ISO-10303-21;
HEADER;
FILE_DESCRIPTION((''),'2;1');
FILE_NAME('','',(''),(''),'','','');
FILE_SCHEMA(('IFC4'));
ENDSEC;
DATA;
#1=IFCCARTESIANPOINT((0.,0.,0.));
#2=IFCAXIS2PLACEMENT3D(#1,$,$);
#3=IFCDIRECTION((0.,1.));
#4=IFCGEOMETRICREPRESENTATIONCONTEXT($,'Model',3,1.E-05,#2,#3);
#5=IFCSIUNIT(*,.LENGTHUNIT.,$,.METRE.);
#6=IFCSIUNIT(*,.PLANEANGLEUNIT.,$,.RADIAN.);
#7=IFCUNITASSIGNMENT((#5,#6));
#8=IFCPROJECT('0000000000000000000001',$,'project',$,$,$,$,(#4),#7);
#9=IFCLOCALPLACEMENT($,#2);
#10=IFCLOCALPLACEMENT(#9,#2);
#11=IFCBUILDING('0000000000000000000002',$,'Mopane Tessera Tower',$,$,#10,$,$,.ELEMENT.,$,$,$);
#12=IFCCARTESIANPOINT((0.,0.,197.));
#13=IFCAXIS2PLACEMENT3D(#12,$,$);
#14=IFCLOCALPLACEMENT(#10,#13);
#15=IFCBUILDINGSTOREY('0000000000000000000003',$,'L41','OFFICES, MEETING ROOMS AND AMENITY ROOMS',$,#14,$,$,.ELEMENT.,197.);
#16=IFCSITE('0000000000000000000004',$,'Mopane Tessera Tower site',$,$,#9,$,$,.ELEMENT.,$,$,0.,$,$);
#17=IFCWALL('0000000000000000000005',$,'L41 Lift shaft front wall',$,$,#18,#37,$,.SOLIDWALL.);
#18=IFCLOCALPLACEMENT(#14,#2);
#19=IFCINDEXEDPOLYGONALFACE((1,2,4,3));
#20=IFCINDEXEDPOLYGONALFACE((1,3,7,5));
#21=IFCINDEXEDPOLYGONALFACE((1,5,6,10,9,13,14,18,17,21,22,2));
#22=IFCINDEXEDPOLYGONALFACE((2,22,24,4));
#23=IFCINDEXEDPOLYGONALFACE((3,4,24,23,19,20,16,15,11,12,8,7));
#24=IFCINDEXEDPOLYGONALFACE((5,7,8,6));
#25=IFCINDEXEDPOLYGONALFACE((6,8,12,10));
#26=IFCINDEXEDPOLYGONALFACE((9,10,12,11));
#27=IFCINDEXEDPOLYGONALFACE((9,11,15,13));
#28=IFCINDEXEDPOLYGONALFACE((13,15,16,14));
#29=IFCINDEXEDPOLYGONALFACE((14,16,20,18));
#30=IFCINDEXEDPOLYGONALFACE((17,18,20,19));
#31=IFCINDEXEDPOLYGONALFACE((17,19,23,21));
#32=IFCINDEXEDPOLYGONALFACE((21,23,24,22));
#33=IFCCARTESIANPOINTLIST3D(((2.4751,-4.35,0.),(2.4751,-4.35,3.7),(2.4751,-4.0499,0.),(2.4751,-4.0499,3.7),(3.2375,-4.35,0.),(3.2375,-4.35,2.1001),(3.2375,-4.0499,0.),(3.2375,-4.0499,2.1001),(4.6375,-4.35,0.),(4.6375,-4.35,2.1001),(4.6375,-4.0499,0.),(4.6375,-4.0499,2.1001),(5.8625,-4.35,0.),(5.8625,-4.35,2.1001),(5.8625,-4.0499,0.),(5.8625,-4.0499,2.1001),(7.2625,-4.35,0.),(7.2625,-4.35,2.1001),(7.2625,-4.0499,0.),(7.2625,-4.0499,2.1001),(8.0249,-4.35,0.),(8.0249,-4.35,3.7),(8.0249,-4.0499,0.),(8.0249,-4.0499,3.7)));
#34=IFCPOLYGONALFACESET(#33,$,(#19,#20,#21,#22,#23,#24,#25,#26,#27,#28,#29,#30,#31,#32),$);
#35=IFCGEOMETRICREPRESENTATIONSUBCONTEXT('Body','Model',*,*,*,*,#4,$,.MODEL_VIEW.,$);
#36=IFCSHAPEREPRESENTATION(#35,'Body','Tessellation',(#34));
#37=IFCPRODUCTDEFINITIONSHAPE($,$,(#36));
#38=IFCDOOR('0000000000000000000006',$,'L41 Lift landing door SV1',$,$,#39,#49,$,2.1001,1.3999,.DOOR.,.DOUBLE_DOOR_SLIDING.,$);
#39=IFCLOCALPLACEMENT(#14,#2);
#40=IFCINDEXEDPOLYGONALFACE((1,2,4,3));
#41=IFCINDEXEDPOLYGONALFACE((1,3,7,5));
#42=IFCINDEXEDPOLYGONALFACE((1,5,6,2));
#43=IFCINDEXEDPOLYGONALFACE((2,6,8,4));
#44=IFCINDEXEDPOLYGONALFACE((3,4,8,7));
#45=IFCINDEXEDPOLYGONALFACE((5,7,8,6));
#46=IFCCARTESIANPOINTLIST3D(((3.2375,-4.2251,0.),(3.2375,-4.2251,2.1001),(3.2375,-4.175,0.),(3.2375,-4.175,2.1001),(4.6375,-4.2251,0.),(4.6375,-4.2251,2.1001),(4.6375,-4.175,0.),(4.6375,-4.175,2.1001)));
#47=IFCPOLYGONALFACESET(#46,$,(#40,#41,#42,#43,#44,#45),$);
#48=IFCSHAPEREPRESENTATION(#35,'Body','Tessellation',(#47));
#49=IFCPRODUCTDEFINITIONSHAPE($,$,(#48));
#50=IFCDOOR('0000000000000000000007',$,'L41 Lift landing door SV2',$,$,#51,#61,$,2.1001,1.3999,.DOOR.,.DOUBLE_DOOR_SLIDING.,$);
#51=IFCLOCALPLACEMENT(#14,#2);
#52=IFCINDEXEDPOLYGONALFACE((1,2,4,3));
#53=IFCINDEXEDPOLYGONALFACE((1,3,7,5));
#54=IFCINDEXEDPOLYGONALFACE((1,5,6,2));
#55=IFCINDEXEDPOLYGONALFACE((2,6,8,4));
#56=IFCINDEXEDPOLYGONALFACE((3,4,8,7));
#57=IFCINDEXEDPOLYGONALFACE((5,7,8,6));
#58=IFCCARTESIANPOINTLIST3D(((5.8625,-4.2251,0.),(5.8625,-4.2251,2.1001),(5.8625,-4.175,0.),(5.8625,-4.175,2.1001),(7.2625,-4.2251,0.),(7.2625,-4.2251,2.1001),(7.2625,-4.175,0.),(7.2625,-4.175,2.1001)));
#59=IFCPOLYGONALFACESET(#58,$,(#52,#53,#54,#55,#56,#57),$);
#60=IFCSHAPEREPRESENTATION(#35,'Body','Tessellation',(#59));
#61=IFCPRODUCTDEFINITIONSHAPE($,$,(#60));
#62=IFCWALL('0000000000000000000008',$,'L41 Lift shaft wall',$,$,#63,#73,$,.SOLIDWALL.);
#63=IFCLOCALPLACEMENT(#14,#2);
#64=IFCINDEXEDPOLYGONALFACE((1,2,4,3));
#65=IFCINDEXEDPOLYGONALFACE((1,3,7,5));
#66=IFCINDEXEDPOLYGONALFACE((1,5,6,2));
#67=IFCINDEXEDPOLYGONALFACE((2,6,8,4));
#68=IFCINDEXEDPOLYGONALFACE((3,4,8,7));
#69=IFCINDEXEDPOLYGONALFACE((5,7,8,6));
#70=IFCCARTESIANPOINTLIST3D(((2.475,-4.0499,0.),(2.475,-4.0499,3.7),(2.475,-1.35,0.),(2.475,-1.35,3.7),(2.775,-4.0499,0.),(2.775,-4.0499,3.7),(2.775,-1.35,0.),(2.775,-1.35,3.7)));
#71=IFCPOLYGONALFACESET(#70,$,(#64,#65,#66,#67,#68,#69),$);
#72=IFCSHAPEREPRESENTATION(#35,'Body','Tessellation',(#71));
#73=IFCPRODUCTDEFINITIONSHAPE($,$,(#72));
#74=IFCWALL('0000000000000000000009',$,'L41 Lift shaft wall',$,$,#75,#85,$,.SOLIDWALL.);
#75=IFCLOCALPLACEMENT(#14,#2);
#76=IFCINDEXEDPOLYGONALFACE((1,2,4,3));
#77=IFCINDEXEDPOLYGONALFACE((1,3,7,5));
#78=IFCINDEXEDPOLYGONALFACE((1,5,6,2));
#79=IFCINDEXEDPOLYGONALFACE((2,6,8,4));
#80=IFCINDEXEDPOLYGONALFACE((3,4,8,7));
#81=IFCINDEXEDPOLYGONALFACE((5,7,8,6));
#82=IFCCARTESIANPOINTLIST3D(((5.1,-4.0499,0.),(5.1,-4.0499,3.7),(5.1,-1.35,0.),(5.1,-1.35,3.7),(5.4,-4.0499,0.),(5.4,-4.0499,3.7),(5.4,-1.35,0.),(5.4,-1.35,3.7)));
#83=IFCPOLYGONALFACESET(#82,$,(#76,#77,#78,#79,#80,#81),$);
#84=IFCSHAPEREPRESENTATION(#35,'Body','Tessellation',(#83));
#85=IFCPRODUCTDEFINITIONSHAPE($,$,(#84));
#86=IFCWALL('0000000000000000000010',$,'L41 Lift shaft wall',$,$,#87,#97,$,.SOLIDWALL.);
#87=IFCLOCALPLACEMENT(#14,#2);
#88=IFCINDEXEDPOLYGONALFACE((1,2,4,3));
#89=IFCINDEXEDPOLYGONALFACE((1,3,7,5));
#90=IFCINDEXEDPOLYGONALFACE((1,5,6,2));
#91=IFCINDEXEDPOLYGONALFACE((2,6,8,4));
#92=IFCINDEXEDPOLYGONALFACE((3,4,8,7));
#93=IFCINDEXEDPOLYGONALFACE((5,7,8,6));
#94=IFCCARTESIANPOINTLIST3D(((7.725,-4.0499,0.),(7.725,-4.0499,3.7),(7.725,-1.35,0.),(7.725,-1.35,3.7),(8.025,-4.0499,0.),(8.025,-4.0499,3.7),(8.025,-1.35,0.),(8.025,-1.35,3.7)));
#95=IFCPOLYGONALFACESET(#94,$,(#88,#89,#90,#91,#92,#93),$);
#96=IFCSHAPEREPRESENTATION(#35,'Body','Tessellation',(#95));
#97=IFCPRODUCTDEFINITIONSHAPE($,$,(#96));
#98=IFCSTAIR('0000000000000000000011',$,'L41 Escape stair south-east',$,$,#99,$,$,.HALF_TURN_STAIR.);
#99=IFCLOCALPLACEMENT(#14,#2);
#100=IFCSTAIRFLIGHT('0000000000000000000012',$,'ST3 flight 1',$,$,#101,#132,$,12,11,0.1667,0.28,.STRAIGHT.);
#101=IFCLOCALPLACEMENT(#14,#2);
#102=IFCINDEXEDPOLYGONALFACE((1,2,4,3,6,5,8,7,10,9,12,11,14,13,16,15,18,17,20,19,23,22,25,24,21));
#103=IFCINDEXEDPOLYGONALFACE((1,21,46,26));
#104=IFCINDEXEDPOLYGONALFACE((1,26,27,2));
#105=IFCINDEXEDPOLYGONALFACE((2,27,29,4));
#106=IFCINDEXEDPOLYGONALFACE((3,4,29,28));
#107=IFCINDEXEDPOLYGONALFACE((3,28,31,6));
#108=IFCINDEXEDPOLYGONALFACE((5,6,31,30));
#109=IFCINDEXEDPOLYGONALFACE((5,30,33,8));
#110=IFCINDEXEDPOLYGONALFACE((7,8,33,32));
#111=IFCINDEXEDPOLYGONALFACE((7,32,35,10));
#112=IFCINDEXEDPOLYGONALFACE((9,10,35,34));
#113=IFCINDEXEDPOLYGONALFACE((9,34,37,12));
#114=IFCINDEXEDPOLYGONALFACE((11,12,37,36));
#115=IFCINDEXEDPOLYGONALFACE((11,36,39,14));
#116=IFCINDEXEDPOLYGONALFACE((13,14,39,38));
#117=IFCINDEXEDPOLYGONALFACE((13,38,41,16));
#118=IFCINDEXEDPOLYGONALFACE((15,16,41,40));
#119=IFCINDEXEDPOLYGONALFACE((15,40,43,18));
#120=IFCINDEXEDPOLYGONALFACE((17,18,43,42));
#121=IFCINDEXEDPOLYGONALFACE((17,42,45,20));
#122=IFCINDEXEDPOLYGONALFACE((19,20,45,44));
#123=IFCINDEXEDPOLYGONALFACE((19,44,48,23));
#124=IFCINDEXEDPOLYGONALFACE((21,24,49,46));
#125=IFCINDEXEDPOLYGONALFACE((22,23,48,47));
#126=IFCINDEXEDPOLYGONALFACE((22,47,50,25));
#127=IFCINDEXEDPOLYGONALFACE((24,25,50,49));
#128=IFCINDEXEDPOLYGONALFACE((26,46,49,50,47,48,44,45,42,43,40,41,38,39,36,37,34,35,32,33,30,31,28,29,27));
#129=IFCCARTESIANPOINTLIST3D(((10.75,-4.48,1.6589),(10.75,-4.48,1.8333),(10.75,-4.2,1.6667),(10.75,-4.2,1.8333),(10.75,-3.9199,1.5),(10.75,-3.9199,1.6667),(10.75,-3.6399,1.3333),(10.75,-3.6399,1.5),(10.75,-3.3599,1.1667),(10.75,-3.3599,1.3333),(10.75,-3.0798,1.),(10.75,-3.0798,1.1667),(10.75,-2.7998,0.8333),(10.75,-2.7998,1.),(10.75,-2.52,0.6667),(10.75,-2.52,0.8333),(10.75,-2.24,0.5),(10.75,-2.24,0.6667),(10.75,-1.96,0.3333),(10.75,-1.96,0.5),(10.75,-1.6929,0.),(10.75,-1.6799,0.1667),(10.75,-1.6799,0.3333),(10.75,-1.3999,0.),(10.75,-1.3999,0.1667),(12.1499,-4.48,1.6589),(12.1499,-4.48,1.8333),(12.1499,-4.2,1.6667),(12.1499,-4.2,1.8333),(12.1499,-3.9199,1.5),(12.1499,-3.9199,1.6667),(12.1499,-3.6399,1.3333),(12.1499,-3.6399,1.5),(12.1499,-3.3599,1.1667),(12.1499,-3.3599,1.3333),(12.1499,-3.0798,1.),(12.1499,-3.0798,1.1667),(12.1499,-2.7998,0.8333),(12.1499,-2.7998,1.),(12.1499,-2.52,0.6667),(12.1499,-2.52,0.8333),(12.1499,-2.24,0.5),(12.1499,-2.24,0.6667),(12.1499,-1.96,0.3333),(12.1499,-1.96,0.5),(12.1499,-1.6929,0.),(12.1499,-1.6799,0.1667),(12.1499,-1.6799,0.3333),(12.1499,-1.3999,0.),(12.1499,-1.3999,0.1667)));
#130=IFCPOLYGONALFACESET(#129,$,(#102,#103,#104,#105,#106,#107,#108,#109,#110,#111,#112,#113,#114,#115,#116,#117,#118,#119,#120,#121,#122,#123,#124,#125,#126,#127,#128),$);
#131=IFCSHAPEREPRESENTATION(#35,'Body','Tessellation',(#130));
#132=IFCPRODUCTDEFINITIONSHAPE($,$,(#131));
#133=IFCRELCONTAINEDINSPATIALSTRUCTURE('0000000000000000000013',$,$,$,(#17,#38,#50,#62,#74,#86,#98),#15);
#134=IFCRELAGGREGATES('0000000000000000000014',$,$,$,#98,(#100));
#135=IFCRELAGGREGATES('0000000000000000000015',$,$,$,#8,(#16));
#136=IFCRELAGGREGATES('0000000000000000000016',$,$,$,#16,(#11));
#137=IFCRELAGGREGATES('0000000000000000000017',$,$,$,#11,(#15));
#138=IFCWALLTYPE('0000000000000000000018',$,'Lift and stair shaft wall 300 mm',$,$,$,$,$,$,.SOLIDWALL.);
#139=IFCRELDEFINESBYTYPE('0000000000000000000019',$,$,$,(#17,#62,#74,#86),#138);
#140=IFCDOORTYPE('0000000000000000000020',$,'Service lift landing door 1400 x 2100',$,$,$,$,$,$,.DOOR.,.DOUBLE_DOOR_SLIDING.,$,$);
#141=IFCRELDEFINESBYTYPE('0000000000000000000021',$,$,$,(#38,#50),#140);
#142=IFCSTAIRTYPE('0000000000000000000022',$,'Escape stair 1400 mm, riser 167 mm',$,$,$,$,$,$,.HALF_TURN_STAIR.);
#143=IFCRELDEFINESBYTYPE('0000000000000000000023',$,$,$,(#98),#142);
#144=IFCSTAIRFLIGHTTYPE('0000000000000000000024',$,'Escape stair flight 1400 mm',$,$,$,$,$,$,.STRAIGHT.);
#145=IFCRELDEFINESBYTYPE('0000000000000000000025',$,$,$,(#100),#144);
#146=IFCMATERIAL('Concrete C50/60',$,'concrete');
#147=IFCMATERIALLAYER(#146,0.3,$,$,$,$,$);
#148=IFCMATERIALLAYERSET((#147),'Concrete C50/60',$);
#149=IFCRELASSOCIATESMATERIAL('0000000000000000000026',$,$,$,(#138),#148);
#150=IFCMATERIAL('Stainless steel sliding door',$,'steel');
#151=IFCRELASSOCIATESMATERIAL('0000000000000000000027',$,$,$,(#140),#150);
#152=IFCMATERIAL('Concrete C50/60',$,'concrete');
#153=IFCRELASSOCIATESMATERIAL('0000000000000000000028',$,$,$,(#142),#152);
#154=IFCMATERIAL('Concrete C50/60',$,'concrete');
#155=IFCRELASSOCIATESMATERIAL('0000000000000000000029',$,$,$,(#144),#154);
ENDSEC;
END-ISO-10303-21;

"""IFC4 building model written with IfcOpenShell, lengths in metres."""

from ifc_helpers import new_model, si_unit, direction, frame, frame_2d, origin, place, context, subcontext, project, spatial, polyline, rectangle, outline, extrude, material, layer, layer_set, type_object, element, fill, aggregate, save


model = new_model("IFC4")

# Units and contexts
model_context = context("Model", 3, precision=1e-05, world=origin(), true_north=direction((0.0, 1.0)))
body_context = subcontext(model_context, "Body", "Model", "MODEL_VIEW")
ifc_project = project(units=[si_unit("LENGTHUNIT", "METRE"), si_unit("PLANEANGLEUNIT", "RADIAN")], contexts=[model_context])

# Site, building, storey
site_placement = place(None, origin())
site = spatial("IfcSite", under=ifc_project, at=site_placement, Name="Mopane Tessera Tower site", CompositionType="ELEMENT", RefElevation=0.0)
building_placement = place(site_placement, origin())
building = spatial("IfcBuilding", under=site, at=building_placement, Name="Mopane Tessera Tower", CompositionType="ELEMENT")
storey_placement = place(building_placement, frame((0.0, 0.0, 197.0)))
storey = spatial("IfcBuildingStorey", under=building, at=storey_placement, Name="L41", Description="OFFICES, MEETING ROOMS AND AMENITY ROOMS", CompositionType="ELEMENT", Elevation=197.0)

# Shared definitions
ifc_material_1 = material(Name="Concrete C50/60", Category="concrete")
ifc_layer_1 = layer(ifc_material_1, 0.3)
ifc_layer_set_1 = layer_set([ifc_layer_1], Name="Concrete C50/60")
wall_type_1 = type_object("IfcWallType", Name="Lift and stair shaft wall 300 mm", PredefinedType="SOLIDWALL", material=ifc_layer_set_1)

# Wall, openings, doors
wall_1_placement = place(storey_placement, frame((2.4751, -4.2, 0.0), z_axis=(0.0, 0.0, 1.0), x_axis=(1.0, 0.0, 0.0)))
wall_1 = element("IfcWall", 1, at=wall_1_placement, inside=storey, type_object=wall_type_1, Name="L41 Lift shaft front wall", PredefinedType="SOLIDWALL", context=body_context, shape_type="SweptSolid", body=[
    extrude(rectangle(XDim=5.5498, YDim=0.3, at=frame_2d((2.7749, 0.0))), origin(), (0.0, 0.0, 1.0), 3.7),
])
opening_1_placement = place(wall_1_placement, frame((0.7625, 0.0, 0.0)))
opening_1 = element("IfcOpeningElement", 2, at=opening_1_placement, cuts=wall_1, PredefinedType="OPENING", context=body_context, shape_type="SweptSolid", body=[
    extrude(rectangle(XDim=1.3999, YDim=2.1001, at=frame_2d((0.7, 1.05))), frame((0.0, 0.1621, 0.0), z_axis=(0.0, -1.0, 0.0), x_axis=(1.0, 0.0, 0.0)), (0.0, 0.0, 1.0), 0.324),
])
opening_2_placement = place(wall_1_placement, frame((3.3875, 0.0, 0.0)))
opening_2 = element("IfcOpeningElement", 3, at=opening_2_placement, cuts=wall_1, PredefinedType="OPENING", context=body_context, shape_type="SweptSolid", body=[
    extrude(rectangle(XDim=1.3999, YDim=2.1001, at=frame_2d((0.7, 1.05))), frame((0.0, 0.1621, 0.0), z_axis=(0.0, -1.0, 0.0), x_axis=(1.0, 0.0, 0.0)), (0.0, 0.0, 1.0), 0.324),
])
ifc_material_2 = material(Name="Stainless steel sliding door", Category="steel")
door_type = type_object("IfcDoorType", Name="Service lift landing door 1400 x 2100", OperationType="DOUBLE_DOOR_SLIDING", PredefinedType="DOOR", material=ifc_material_2)
door_1_placement = place(opening_1_placement, origin())
door_1 = element("IfcDoor", 4, at=door_1_placement, inside=storey, type_object=door_type, Name="L41 Lift landing door SV1", OperationType="DOUBLE_DOOR_SLIDING", OverallHeight=2.1001, OverallWidth=1.3999, PredefinedType="DOOR", context=body_context, shape_type="SweptSolid", body=[
    extrude(rectangle(XDim=1.3999, YDim=2.1001, at=frame_2d((0.7, 1.05))), frame((0.0, 0.0249, 0.0), z_axis=(0.0, -1.0, 0.0), x_axis=(1.0, 0.0, 0.0)), (0.0, 0.0, 1.0), 0.05),
])
fill(opening_1, door_1)
door_2_placement = place(opening_2_placement, origin())
door_2 = element("IfcDoor", 5, at=door_2_placement, inside=storey, type_object=door_type, Name="L41 Lift landing door SV2", OperationType="DOUBLE_DOOR_SLIDING", OverallHeight=2.1001, OverallWidth=1.3999, PredefinedType="DOOR", context=body_context, shape_type="SweptSolid", body=[
    extrude(rectangle(XDim=1.3999, YDim=2.1001, at=frame_2d((0.7, 1.05))), frame((0.0, 0.0249, 0.0), z_axis=(0.0, -1.0, 0.0), x_axis=(1.0, 0.0, 0.0)), (0.0, 0.0, 1.0), 0.05),
])
fill(opening_2, door_2)

# Walls
for number, where, z_axis, x_axis, name in (
    (6, (2.625, -4.05, 0.0), (0.0, 0.0, 1.0), (0.0, 1.0, 0.0), "L41 Lift shaft wall"),
    (7, (5.25, -4.05, 0.0), (0.0, 0.0, 1.0), (0.0, 1.0, 0.0), "L41 Lift shaft wall"),
    (8, (7.875, -4.05, 0.0), (0.0, 0.0, 1.0), (0.0, 1.0, 0.0), "L41 Lift shaft wall"),
):
    element("IfcWall", number, at=place(storey_placement, frame(where, z_axis=z_axis, x_axis=x_axis)), inside=storey, type_object=wall_type_1, Name=name, PredefinedType="SOLIDWALL", context=body_context, shape_type="SweptSolid", body=[
        extrude(rectangle(XDim=2.7, YDim=0.3, at=frame_2d((1.3501, 0.0))), origin(), (0.0, 0.0, 1.0), 3.7),
    ])

# Stair, stair flight
ifc_material_3 = material(Name="Concrete C50/60", Category="concrete")
stair_type = type_object("IfcStairType", Name="Escape stair 1400 mm, riser 167 mm", PredefinedType="HALF_TURN_STAIR", material=ifc_material_3)
stair_placement = place(storey_placement, origin())
stair = element("IfcStair", 9, at=stair_placement, inside=storey, type_object=stair_type, Name="L41 Escape stair south-east", PredefinedType="HALF_TURN_STAIR")
ifc_material_4 = material(Name="Concrete C50/60", Category="concrete")
stair_flight_type = type_object("IfcStairFlightType", Name="Escape stair flight 1400 mm", PredefinedType="STRAIGHT", material=ifc_material_4)
stair_flight_placement = place(storey_placement, frame((11.45, -1.3999, 0.0), z_axis=(0.0, 0.0, 1.0), x_axis=(0.0, -1.0, 0.0)))
stair_flight = element("IfcStairFlight", 10, at=stair_flight_placement, type_object=stair_flight_type, Name="ST3 flight 1", NumberOfRisers=12, NumberOfTreads=11, PredefinedType="STRAIGHT", RiserHeight=0.1667, TreadLength=0.28, context=body_context, shape_type="SweptSolid", body=[
    extrude(outline(polyline([(0.0, 0.0), (0.0, 0.1667), (0.28, 0.1667), (0.28, 0.3333), (0.5601, 0.3333), (0.5601, 0.5), (0.8401, 0.5), (0.8401, 0.6667), (1.1201, 0.6667), (1.1201, 0.8333), (1.3999, 0.8333), (1.3999, 1.0), (1.6799, 1.0), (1.6799, 1.1667), (1.96, 1.1667), (1.96, 1.3333), (2.24, 1.3333), (2.24, 1.5), (2.52, 1.5), (2.52, 1.6667), (2.8, 1.6667), (2.8, 1.8333), (3.0801, 1.8333), (3.0801, 2.0), (3.0801, 1.6589), (0.293, 0.0), (0.0, 0.0)])), frame((0.0, 0.7, 0.0), z_axis=(0.0, -1.0, 0.0), x_axis=(1.0, 0.0, 0.0)), (0.0, 0.0, 1.0), 1.3999),
])
aggregate(stair, [stair_flight])

save(model, "model.ifc")
